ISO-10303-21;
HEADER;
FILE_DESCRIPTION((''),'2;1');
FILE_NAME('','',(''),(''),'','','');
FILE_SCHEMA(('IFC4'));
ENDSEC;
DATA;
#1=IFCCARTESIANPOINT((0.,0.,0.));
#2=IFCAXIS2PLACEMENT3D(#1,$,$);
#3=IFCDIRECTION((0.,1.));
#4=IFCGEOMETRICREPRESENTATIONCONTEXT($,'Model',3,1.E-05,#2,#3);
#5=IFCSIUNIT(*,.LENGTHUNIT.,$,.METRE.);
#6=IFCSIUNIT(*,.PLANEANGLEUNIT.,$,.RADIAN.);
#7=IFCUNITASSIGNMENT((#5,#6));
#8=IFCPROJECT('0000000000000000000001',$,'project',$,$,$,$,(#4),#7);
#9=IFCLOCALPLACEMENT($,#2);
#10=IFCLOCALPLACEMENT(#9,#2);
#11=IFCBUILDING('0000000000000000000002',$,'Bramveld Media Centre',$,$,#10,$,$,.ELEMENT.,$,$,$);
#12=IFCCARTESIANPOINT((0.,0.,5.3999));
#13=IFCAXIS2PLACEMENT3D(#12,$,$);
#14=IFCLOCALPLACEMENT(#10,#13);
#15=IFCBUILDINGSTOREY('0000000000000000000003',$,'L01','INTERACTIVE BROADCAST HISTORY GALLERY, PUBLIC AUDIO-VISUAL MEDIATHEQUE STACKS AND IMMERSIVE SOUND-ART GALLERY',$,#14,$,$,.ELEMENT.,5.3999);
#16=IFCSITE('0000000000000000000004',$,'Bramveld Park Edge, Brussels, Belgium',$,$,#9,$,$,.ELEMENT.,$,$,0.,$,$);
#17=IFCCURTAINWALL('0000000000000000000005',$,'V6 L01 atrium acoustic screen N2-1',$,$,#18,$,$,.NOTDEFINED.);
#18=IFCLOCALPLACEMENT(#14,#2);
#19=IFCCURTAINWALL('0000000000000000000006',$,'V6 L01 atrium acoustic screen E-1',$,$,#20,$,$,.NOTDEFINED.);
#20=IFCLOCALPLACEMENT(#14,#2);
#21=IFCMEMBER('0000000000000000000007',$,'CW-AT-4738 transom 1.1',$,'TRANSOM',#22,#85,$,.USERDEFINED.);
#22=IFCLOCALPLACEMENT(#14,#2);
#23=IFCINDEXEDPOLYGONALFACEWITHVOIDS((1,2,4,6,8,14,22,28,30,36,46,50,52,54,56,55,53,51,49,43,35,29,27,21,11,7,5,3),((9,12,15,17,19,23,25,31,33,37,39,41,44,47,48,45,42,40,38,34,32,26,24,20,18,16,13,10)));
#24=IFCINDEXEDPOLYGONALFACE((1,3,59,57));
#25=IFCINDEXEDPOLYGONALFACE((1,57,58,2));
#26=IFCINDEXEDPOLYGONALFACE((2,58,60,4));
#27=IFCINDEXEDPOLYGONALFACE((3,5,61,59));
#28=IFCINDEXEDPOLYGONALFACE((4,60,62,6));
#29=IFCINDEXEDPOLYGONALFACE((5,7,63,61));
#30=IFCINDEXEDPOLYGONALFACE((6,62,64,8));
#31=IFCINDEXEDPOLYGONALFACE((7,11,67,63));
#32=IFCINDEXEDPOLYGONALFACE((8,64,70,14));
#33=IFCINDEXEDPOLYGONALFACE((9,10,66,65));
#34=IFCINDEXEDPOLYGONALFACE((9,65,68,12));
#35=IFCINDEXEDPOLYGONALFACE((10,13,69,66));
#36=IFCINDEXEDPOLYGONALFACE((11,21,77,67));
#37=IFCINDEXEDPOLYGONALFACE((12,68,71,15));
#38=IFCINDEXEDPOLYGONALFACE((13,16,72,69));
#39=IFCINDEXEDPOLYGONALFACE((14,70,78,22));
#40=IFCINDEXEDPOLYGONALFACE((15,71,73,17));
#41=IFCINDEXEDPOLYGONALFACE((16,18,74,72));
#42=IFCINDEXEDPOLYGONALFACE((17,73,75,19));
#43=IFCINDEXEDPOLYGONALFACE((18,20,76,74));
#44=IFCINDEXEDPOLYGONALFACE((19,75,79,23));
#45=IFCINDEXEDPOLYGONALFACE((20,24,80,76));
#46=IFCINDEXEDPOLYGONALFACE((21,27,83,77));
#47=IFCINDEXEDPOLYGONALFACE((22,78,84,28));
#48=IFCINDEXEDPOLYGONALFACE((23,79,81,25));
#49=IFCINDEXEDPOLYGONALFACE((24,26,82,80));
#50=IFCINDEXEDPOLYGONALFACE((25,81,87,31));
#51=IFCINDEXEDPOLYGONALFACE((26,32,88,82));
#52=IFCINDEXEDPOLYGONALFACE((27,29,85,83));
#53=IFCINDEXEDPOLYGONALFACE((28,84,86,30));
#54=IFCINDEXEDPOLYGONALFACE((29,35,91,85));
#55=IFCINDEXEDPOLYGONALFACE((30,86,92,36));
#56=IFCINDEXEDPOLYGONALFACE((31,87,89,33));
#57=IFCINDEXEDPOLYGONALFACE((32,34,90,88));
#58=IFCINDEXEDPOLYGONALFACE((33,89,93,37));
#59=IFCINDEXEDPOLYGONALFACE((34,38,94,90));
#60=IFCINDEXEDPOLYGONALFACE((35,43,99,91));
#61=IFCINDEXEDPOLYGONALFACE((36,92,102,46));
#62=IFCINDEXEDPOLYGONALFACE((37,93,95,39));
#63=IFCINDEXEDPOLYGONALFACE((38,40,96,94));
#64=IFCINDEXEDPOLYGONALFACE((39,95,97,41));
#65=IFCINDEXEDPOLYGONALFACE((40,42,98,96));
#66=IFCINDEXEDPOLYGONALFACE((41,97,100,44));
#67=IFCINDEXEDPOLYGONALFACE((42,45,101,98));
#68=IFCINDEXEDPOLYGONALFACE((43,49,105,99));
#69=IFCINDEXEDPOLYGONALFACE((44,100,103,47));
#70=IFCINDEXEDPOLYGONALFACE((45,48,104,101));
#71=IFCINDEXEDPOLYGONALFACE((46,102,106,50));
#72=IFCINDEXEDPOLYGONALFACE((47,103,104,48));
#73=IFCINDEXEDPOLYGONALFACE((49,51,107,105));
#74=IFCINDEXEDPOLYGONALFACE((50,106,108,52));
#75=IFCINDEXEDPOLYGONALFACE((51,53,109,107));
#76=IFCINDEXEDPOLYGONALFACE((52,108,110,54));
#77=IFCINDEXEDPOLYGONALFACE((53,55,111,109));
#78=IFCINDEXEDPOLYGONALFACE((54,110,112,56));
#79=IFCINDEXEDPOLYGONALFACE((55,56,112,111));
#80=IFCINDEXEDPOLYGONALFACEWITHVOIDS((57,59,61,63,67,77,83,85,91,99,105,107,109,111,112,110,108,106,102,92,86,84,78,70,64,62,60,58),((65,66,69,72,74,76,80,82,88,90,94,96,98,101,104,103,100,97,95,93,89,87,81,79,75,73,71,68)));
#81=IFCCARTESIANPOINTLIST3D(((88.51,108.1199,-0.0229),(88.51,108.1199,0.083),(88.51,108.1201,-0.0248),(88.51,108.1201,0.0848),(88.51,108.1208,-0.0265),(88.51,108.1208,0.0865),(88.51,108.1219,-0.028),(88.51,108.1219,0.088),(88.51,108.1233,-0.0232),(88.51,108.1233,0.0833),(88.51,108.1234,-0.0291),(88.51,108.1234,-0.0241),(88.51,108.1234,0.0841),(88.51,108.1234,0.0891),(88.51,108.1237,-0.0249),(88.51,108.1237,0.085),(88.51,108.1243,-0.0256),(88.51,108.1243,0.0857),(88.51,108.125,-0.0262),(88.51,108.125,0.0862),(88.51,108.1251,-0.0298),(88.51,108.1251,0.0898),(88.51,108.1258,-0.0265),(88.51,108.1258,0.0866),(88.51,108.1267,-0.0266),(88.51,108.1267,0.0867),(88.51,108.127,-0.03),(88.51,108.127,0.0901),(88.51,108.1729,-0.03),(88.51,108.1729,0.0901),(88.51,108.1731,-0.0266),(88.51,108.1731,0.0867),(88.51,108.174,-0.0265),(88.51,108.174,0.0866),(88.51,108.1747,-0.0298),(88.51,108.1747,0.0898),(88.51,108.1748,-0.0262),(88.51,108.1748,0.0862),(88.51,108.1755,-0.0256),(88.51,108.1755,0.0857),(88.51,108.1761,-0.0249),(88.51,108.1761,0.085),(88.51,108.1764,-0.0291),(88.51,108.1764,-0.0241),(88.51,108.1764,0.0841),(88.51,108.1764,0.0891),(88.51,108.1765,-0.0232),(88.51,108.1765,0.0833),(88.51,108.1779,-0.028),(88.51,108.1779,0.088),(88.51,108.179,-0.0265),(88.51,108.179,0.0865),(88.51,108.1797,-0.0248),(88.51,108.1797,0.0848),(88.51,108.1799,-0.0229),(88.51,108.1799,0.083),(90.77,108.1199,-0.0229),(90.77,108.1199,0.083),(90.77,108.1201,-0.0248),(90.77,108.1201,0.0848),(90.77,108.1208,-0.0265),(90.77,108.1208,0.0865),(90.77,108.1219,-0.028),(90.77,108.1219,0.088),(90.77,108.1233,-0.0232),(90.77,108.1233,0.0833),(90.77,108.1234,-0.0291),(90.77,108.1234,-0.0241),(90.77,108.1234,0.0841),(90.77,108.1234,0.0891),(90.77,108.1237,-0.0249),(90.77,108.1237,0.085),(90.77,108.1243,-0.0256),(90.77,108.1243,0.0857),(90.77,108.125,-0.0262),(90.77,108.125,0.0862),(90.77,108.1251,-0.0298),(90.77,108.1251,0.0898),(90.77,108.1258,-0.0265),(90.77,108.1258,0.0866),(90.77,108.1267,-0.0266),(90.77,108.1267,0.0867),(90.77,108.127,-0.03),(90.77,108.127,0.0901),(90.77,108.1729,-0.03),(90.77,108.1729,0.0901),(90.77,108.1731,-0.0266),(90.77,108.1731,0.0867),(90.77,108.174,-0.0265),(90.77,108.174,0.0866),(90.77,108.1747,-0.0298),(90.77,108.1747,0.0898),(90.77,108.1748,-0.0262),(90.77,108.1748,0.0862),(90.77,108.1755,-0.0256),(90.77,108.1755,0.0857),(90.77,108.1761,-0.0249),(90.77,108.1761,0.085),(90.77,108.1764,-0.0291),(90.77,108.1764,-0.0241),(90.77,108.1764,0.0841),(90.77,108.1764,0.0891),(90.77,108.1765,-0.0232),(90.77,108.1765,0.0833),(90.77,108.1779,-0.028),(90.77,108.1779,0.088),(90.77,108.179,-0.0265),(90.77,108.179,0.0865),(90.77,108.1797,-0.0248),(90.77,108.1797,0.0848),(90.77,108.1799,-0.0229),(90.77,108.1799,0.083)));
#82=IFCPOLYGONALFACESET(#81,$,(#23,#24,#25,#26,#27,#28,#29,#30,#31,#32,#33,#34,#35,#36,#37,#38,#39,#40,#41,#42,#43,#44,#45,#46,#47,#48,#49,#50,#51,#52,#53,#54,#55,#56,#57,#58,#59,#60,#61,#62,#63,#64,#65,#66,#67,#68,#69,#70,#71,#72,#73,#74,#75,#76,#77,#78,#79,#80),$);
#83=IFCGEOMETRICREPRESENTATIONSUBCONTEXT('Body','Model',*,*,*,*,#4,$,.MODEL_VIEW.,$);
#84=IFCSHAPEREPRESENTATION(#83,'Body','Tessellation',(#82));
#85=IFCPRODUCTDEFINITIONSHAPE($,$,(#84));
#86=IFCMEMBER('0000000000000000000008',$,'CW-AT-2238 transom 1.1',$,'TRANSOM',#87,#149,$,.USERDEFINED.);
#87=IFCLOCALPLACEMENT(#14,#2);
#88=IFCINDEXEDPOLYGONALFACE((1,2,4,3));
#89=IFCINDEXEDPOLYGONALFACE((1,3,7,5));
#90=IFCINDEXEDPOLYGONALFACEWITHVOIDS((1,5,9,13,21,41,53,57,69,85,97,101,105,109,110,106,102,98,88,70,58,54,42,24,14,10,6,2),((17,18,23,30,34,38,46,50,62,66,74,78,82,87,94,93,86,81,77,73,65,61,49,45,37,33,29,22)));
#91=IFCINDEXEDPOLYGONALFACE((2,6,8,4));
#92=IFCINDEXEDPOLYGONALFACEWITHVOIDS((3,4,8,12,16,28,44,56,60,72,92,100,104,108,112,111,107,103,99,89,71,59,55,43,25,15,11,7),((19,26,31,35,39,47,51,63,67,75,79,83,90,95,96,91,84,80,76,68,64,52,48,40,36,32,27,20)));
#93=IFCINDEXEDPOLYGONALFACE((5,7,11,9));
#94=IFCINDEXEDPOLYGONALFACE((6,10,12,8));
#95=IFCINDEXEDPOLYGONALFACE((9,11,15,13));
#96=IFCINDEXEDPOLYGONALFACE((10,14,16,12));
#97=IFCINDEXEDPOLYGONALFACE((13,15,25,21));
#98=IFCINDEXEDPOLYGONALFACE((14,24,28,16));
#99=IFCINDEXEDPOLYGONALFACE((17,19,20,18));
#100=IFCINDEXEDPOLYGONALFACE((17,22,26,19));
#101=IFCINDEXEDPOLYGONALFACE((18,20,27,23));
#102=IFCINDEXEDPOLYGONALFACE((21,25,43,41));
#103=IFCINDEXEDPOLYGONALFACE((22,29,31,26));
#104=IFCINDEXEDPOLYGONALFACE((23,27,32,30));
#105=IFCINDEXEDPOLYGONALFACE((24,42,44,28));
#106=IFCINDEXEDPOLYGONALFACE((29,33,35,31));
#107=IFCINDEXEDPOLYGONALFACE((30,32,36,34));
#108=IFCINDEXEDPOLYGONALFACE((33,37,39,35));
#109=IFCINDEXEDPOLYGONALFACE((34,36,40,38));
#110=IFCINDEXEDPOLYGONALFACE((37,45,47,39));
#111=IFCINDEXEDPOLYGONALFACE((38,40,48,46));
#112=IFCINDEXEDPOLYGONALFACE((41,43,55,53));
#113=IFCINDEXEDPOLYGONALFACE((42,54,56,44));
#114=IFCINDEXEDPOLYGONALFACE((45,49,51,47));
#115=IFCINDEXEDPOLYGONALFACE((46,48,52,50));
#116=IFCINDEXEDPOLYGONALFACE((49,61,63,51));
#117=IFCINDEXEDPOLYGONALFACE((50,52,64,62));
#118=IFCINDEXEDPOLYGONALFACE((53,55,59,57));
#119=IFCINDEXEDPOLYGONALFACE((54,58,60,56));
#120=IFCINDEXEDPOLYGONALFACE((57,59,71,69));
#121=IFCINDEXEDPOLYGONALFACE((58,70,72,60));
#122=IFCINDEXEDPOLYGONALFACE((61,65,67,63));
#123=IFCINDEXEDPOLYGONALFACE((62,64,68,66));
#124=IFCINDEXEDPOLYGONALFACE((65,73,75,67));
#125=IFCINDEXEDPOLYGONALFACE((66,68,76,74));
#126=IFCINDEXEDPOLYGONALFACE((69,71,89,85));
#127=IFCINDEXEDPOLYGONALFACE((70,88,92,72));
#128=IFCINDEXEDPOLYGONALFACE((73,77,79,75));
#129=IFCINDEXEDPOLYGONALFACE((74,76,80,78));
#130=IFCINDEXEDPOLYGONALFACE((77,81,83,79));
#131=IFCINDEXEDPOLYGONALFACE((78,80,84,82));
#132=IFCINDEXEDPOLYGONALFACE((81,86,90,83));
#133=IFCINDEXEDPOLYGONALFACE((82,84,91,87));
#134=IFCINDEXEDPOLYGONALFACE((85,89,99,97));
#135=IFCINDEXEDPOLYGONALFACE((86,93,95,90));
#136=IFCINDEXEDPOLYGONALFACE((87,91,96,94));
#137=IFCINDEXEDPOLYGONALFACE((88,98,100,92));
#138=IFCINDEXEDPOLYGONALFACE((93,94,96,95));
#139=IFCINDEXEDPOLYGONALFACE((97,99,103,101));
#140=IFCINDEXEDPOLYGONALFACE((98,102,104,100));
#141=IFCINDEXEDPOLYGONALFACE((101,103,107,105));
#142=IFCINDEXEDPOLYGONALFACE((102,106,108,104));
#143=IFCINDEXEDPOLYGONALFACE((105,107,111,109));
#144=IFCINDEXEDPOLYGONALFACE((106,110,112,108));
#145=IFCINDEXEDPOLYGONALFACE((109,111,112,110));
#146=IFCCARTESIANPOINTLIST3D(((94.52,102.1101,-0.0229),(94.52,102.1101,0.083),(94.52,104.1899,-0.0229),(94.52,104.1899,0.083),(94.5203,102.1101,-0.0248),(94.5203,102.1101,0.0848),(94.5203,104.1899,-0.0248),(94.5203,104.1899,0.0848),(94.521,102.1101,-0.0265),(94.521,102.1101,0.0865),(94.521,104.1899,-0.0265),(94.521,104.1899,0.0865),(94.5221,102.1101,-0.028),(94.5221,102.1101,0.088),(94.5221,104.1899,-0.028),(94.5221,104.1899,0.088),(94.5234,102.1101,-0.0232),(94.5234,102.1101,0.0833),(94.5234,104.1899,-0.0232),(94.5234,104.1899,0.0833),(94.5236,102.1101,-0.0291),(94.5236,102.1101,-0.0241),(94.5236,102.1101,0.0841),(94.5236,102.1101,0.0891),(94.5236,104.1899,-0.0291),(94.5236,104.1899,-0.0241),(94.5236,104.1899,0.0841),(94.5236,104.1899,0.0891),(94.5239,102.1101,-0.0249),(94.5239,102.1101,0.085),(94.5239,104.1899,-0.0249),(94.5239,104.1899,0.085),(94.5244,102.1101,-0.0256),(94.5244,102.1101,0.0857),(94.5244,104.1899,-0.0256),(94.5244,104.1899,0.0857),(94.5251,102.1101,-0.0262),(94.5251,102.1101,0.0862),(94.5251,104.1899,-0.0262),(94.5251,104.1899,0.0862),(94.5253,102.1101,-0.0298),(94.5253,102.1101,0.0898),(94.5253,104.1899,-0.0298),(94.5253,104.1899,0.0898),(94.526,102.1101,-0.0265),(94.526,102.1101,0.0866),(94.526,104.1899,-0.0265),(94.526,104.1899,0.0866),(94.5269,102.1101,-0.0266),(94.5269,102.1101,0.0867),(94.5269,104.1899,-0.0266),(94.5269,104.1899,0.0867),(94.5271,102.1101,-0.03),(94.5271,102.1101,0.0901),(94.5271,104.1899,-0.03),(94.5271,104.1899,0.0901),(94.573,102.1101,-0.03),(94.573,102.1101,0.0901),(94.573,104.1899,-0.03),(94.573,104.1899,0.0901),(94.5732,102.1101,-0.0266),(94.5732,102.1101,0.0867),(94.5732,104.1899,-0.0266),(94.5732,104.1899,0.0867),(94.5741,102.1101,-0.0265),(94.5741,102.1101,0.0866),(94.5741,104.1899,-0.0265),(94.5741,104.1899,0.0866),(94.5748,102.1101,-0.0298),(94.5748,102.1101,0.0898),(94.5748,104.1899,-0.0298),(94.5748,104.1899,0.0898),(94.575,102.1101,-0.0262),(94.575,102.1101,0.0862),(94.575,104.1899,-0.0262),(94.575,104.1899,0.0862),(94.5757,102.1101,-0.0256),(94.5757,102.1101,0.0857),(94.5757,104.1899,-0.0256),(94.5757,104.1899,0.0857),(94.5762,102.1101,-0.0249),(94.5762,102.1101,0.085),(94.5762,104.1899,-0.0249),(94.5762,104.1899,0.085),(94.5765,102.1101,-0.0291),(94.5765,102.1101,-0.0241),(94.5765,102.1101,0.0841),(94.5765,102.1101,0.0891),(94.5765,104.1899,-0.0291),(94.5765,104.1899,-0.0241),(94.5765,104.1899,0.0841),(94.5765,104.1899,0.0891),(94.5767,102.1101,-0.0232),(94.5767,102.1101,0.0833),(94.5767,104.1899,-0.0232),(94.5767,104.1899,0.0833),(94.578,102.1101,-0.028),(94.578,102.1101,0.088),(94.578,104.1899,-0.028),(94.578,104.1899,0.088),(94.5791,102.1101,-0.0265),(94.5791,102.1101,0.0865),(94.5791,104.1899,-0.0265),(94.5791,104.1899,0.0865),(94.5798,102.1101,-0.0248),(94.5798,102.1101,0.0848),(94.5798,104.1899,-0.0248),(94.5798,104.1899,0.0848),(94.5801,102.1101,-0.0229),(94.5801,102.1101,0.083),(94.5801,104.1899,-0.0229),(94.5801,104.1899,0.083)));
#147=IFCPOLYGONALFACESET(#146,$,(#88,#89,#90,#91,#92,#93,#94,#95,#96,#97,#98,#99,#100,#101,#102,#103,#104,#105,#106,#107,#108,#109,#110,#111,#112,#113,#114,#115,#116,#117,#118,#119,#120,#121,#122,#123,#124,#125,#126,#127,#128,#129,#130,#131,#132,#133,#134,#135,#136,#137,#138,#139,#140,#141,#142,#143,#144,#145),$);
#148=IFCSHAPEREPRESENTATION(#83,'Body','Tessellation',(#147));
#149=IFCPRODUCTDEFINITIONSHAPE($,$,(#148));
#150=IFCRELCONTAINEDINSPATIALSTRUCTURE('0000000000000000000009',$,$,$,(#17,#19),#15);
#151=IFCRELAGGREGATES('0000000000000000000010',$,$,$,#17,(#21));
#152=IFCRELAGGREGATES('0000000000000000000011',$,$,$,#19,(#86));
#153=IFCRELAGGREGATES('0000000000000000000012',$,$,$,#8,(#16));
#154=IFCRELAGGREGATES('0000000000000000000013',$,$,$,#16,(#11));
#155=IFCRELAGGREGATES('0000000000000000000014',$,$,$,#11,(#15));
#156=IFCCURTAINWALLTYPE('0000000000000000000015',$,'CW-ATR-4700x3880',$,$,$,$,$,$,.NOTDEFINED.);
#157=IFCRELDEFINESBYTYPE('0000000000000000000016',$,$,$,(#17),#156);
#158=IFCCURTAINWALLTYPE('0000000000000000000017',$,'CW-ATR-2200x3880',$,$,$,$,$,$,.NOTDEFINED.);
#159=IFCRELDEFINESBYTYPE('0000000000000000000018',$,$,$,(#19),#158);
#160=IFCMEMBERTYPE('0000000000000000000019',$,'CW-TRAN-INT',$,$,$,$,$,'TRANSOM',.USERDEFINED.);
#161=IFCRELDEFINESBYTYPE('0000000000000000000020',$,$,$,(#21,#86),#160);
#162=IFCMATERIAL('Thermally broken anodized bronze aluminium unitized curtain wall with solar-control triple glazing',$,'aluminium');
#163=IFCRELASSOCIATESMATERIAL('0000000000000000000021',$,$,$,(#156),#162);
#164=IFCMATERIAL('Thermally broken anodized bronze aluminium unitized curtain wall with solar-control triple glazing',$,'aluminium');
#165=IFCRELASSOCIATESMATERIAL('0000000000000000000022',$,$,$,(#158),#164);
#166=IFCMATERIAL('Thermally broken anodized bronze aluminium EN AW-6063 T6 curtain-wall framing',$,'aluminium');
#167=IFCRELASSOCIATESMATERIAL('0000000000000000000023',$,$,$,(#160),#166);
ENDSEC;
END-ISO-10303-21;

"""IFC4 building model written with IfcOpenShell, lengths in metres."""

from ifc_helpers import new_model, si_unit, direction, frame, origin, origin_2d, place, context, subcontext, project, spatial, hollow_rectangle, extrude, material, material_profile, profile_set, type_object, element, aggregate, save


model = new_model("IFC4")

# Units and contexts
model_context = context("Model", 3, precision=1e-05, world=origin(), true_north=direction((0.0, 1.0)))
body_context = subcontext(model_context, "Body", "Model", "MODEL_VIEW")
ifc_project = project(units=[si_unit("LENGTHUNIT", "METRE"), si_unit("PLANEANGLEUNIT", "RADIAN")], contexts=[model_context])

# Site, building, storey
site_placement = place(None, origin())
site = spatial("IfcSite", under=ifc_project, at=site_placement, Name="Bramveld Park Edge, Brussels, Belgium", CompositionType="ELEMENT", RefElevation=0.0)
building_placement = place(site_placement, origin())
building = spatial("IfcBuilding", under=site, at=building_placement, Name="Bramveld Media Centre", CompositionType="ELEMENT")
storey_placement = place(building_placement, frame((0.0, 0.0, 5.3999)))
storey = spatial("IfcBuildingStorey", under=building, at=storey_placement, Name="L01", Description="INTERACTIVE BROADCAST HISTORY GALLERY, PUBLIC AUDIO-VISUAL MEDIATHEQUE STACKS AND IMMERSIVE SOUND-ART GALLERY", CompositionType="ELEMENT", Elevation=5.3999)

# Curtain wall
ifc_material_1 = material(Name="Thermally broken anodized bronze aluminium unitized curtain wall with solar-control triple glazing", Category="aluminium")
curtain_wall_type_1 = type_object("IfcCurtainWallType", Name="CW-ATR-4700x3880", PredefinedType="NOTDEFINED", material=ifc_material_1)
curtain_wall_1_placement = place(storey_placement, origin())
curtain_wall_1 = element("IfcCurtainWall", 1, at=curtain_wall_1_placement, inside=storey, type_object=curtain_wall_type_1, Name="V6 L01 atrium acoustic screen N2-1", PredefinedType="NOTDEFINED")

# Curtain wall
ifc_material_2 = material(Name="Thermally broken anodized bronze aluminium unitized curtain wall with solar-control triple glazing", Category="aluminium")
curtain_wall_type_2 = type_object("IfcCurtainWallType", Name="CW-ATR-2200x3880", PredefinedType="NOTDEFINED", material=ifc_material_2)
curtain_wall_2_placement = place(storey_placement, origin())
curtain_wall_2 = element("IfcCurtainWall", 2, at=curtain_wall_2_placement, inside=storey, type_object=curtain_wall_type_2, Name="V6 L01 atrium acoustic screen E-1", PredefinedType="NOTDEFINED")

# Members
ifc_material_3 = material(Name="Thermally broken anodized bronze aluminium EN AW-6063 T6 curtain-wall framing", Category="aluminium")
ifc_material_profile_1 = material_profile(ifc_material_3, hollow_rectangle(XDim=0.0601, YDim=0.1201, WallThickness=0.0034, InnerFilletRadius=0.0034, OuterFilletRadius=0.0071, at=origin_2d()), Name="AL-TRAN 60x120")
ifc_profile_set_1 = profile_set([ifc_material_profile_1], Name="Thermally broken anodized bronze aluminium EN AW-6063 T6 curtain-wall framing")
member_type_1 = type_object("IfcMemberType", Name="CW-TRAN-INT", ElementType="TRANSOM", PredefinedType="USERDEFINED", material=ifc_profile_set_1)
member_1_placement = place(storey_placement, frame((88.51, 108.1499, 0.03), z_axis=(1.0, 0.0, 0.0), x_axis=(0.0, 1.0, 0.0)))
member_1 = element("IfcMember", 3, at=member_1_placement, type_object=member_type_1, Name="CW-AT-4738 transom 1.1", ObjectType="TRANSOM", PredefinedType="USERDEFINED", context=body_context, shape_type="SweptSolid", body=[
    extrude(hollow_rectangle(XDim=0.0601, YDim=0.1201, WallThickness=0.0034, InnerFilletRadius=0.0034, OuterFilletRadius=0.0071, at=origin_2d()), origin(), (0.0, 0.0, 1.0), 2.26),
])
aggregate(curtain_wall_1, [member_1])
member_2_placement = place(storey_placement, frame((94.55, 102.1101, 0.03), z_axis=(0.0, 1.0, 0.0), x_axis=(-1.0, 0.0, 0.0)))
member_2 = element("IfcMember", 4, at=member_2_placement, type_object=member_type_1, Name="CW-AT-2238 transom 1.1", ObjectType="TRANSOM", PredefinedType="USERDEFINED", context=body_context, shape_type="SweptSolid", body=[
    extrude(hollow_rectangle(XDim=0.0601, YDim=0.1201, WallThickness=0.0034, InnerFilletRadius=0.0034, OuterFilletRadius=0.0071, at=origin_2d()), origin(), (0.0, 0.0, 1.0), 2.0798),
])

aggregate(curtain_wall_2, [member_2])

save(model, "model.ifc")
